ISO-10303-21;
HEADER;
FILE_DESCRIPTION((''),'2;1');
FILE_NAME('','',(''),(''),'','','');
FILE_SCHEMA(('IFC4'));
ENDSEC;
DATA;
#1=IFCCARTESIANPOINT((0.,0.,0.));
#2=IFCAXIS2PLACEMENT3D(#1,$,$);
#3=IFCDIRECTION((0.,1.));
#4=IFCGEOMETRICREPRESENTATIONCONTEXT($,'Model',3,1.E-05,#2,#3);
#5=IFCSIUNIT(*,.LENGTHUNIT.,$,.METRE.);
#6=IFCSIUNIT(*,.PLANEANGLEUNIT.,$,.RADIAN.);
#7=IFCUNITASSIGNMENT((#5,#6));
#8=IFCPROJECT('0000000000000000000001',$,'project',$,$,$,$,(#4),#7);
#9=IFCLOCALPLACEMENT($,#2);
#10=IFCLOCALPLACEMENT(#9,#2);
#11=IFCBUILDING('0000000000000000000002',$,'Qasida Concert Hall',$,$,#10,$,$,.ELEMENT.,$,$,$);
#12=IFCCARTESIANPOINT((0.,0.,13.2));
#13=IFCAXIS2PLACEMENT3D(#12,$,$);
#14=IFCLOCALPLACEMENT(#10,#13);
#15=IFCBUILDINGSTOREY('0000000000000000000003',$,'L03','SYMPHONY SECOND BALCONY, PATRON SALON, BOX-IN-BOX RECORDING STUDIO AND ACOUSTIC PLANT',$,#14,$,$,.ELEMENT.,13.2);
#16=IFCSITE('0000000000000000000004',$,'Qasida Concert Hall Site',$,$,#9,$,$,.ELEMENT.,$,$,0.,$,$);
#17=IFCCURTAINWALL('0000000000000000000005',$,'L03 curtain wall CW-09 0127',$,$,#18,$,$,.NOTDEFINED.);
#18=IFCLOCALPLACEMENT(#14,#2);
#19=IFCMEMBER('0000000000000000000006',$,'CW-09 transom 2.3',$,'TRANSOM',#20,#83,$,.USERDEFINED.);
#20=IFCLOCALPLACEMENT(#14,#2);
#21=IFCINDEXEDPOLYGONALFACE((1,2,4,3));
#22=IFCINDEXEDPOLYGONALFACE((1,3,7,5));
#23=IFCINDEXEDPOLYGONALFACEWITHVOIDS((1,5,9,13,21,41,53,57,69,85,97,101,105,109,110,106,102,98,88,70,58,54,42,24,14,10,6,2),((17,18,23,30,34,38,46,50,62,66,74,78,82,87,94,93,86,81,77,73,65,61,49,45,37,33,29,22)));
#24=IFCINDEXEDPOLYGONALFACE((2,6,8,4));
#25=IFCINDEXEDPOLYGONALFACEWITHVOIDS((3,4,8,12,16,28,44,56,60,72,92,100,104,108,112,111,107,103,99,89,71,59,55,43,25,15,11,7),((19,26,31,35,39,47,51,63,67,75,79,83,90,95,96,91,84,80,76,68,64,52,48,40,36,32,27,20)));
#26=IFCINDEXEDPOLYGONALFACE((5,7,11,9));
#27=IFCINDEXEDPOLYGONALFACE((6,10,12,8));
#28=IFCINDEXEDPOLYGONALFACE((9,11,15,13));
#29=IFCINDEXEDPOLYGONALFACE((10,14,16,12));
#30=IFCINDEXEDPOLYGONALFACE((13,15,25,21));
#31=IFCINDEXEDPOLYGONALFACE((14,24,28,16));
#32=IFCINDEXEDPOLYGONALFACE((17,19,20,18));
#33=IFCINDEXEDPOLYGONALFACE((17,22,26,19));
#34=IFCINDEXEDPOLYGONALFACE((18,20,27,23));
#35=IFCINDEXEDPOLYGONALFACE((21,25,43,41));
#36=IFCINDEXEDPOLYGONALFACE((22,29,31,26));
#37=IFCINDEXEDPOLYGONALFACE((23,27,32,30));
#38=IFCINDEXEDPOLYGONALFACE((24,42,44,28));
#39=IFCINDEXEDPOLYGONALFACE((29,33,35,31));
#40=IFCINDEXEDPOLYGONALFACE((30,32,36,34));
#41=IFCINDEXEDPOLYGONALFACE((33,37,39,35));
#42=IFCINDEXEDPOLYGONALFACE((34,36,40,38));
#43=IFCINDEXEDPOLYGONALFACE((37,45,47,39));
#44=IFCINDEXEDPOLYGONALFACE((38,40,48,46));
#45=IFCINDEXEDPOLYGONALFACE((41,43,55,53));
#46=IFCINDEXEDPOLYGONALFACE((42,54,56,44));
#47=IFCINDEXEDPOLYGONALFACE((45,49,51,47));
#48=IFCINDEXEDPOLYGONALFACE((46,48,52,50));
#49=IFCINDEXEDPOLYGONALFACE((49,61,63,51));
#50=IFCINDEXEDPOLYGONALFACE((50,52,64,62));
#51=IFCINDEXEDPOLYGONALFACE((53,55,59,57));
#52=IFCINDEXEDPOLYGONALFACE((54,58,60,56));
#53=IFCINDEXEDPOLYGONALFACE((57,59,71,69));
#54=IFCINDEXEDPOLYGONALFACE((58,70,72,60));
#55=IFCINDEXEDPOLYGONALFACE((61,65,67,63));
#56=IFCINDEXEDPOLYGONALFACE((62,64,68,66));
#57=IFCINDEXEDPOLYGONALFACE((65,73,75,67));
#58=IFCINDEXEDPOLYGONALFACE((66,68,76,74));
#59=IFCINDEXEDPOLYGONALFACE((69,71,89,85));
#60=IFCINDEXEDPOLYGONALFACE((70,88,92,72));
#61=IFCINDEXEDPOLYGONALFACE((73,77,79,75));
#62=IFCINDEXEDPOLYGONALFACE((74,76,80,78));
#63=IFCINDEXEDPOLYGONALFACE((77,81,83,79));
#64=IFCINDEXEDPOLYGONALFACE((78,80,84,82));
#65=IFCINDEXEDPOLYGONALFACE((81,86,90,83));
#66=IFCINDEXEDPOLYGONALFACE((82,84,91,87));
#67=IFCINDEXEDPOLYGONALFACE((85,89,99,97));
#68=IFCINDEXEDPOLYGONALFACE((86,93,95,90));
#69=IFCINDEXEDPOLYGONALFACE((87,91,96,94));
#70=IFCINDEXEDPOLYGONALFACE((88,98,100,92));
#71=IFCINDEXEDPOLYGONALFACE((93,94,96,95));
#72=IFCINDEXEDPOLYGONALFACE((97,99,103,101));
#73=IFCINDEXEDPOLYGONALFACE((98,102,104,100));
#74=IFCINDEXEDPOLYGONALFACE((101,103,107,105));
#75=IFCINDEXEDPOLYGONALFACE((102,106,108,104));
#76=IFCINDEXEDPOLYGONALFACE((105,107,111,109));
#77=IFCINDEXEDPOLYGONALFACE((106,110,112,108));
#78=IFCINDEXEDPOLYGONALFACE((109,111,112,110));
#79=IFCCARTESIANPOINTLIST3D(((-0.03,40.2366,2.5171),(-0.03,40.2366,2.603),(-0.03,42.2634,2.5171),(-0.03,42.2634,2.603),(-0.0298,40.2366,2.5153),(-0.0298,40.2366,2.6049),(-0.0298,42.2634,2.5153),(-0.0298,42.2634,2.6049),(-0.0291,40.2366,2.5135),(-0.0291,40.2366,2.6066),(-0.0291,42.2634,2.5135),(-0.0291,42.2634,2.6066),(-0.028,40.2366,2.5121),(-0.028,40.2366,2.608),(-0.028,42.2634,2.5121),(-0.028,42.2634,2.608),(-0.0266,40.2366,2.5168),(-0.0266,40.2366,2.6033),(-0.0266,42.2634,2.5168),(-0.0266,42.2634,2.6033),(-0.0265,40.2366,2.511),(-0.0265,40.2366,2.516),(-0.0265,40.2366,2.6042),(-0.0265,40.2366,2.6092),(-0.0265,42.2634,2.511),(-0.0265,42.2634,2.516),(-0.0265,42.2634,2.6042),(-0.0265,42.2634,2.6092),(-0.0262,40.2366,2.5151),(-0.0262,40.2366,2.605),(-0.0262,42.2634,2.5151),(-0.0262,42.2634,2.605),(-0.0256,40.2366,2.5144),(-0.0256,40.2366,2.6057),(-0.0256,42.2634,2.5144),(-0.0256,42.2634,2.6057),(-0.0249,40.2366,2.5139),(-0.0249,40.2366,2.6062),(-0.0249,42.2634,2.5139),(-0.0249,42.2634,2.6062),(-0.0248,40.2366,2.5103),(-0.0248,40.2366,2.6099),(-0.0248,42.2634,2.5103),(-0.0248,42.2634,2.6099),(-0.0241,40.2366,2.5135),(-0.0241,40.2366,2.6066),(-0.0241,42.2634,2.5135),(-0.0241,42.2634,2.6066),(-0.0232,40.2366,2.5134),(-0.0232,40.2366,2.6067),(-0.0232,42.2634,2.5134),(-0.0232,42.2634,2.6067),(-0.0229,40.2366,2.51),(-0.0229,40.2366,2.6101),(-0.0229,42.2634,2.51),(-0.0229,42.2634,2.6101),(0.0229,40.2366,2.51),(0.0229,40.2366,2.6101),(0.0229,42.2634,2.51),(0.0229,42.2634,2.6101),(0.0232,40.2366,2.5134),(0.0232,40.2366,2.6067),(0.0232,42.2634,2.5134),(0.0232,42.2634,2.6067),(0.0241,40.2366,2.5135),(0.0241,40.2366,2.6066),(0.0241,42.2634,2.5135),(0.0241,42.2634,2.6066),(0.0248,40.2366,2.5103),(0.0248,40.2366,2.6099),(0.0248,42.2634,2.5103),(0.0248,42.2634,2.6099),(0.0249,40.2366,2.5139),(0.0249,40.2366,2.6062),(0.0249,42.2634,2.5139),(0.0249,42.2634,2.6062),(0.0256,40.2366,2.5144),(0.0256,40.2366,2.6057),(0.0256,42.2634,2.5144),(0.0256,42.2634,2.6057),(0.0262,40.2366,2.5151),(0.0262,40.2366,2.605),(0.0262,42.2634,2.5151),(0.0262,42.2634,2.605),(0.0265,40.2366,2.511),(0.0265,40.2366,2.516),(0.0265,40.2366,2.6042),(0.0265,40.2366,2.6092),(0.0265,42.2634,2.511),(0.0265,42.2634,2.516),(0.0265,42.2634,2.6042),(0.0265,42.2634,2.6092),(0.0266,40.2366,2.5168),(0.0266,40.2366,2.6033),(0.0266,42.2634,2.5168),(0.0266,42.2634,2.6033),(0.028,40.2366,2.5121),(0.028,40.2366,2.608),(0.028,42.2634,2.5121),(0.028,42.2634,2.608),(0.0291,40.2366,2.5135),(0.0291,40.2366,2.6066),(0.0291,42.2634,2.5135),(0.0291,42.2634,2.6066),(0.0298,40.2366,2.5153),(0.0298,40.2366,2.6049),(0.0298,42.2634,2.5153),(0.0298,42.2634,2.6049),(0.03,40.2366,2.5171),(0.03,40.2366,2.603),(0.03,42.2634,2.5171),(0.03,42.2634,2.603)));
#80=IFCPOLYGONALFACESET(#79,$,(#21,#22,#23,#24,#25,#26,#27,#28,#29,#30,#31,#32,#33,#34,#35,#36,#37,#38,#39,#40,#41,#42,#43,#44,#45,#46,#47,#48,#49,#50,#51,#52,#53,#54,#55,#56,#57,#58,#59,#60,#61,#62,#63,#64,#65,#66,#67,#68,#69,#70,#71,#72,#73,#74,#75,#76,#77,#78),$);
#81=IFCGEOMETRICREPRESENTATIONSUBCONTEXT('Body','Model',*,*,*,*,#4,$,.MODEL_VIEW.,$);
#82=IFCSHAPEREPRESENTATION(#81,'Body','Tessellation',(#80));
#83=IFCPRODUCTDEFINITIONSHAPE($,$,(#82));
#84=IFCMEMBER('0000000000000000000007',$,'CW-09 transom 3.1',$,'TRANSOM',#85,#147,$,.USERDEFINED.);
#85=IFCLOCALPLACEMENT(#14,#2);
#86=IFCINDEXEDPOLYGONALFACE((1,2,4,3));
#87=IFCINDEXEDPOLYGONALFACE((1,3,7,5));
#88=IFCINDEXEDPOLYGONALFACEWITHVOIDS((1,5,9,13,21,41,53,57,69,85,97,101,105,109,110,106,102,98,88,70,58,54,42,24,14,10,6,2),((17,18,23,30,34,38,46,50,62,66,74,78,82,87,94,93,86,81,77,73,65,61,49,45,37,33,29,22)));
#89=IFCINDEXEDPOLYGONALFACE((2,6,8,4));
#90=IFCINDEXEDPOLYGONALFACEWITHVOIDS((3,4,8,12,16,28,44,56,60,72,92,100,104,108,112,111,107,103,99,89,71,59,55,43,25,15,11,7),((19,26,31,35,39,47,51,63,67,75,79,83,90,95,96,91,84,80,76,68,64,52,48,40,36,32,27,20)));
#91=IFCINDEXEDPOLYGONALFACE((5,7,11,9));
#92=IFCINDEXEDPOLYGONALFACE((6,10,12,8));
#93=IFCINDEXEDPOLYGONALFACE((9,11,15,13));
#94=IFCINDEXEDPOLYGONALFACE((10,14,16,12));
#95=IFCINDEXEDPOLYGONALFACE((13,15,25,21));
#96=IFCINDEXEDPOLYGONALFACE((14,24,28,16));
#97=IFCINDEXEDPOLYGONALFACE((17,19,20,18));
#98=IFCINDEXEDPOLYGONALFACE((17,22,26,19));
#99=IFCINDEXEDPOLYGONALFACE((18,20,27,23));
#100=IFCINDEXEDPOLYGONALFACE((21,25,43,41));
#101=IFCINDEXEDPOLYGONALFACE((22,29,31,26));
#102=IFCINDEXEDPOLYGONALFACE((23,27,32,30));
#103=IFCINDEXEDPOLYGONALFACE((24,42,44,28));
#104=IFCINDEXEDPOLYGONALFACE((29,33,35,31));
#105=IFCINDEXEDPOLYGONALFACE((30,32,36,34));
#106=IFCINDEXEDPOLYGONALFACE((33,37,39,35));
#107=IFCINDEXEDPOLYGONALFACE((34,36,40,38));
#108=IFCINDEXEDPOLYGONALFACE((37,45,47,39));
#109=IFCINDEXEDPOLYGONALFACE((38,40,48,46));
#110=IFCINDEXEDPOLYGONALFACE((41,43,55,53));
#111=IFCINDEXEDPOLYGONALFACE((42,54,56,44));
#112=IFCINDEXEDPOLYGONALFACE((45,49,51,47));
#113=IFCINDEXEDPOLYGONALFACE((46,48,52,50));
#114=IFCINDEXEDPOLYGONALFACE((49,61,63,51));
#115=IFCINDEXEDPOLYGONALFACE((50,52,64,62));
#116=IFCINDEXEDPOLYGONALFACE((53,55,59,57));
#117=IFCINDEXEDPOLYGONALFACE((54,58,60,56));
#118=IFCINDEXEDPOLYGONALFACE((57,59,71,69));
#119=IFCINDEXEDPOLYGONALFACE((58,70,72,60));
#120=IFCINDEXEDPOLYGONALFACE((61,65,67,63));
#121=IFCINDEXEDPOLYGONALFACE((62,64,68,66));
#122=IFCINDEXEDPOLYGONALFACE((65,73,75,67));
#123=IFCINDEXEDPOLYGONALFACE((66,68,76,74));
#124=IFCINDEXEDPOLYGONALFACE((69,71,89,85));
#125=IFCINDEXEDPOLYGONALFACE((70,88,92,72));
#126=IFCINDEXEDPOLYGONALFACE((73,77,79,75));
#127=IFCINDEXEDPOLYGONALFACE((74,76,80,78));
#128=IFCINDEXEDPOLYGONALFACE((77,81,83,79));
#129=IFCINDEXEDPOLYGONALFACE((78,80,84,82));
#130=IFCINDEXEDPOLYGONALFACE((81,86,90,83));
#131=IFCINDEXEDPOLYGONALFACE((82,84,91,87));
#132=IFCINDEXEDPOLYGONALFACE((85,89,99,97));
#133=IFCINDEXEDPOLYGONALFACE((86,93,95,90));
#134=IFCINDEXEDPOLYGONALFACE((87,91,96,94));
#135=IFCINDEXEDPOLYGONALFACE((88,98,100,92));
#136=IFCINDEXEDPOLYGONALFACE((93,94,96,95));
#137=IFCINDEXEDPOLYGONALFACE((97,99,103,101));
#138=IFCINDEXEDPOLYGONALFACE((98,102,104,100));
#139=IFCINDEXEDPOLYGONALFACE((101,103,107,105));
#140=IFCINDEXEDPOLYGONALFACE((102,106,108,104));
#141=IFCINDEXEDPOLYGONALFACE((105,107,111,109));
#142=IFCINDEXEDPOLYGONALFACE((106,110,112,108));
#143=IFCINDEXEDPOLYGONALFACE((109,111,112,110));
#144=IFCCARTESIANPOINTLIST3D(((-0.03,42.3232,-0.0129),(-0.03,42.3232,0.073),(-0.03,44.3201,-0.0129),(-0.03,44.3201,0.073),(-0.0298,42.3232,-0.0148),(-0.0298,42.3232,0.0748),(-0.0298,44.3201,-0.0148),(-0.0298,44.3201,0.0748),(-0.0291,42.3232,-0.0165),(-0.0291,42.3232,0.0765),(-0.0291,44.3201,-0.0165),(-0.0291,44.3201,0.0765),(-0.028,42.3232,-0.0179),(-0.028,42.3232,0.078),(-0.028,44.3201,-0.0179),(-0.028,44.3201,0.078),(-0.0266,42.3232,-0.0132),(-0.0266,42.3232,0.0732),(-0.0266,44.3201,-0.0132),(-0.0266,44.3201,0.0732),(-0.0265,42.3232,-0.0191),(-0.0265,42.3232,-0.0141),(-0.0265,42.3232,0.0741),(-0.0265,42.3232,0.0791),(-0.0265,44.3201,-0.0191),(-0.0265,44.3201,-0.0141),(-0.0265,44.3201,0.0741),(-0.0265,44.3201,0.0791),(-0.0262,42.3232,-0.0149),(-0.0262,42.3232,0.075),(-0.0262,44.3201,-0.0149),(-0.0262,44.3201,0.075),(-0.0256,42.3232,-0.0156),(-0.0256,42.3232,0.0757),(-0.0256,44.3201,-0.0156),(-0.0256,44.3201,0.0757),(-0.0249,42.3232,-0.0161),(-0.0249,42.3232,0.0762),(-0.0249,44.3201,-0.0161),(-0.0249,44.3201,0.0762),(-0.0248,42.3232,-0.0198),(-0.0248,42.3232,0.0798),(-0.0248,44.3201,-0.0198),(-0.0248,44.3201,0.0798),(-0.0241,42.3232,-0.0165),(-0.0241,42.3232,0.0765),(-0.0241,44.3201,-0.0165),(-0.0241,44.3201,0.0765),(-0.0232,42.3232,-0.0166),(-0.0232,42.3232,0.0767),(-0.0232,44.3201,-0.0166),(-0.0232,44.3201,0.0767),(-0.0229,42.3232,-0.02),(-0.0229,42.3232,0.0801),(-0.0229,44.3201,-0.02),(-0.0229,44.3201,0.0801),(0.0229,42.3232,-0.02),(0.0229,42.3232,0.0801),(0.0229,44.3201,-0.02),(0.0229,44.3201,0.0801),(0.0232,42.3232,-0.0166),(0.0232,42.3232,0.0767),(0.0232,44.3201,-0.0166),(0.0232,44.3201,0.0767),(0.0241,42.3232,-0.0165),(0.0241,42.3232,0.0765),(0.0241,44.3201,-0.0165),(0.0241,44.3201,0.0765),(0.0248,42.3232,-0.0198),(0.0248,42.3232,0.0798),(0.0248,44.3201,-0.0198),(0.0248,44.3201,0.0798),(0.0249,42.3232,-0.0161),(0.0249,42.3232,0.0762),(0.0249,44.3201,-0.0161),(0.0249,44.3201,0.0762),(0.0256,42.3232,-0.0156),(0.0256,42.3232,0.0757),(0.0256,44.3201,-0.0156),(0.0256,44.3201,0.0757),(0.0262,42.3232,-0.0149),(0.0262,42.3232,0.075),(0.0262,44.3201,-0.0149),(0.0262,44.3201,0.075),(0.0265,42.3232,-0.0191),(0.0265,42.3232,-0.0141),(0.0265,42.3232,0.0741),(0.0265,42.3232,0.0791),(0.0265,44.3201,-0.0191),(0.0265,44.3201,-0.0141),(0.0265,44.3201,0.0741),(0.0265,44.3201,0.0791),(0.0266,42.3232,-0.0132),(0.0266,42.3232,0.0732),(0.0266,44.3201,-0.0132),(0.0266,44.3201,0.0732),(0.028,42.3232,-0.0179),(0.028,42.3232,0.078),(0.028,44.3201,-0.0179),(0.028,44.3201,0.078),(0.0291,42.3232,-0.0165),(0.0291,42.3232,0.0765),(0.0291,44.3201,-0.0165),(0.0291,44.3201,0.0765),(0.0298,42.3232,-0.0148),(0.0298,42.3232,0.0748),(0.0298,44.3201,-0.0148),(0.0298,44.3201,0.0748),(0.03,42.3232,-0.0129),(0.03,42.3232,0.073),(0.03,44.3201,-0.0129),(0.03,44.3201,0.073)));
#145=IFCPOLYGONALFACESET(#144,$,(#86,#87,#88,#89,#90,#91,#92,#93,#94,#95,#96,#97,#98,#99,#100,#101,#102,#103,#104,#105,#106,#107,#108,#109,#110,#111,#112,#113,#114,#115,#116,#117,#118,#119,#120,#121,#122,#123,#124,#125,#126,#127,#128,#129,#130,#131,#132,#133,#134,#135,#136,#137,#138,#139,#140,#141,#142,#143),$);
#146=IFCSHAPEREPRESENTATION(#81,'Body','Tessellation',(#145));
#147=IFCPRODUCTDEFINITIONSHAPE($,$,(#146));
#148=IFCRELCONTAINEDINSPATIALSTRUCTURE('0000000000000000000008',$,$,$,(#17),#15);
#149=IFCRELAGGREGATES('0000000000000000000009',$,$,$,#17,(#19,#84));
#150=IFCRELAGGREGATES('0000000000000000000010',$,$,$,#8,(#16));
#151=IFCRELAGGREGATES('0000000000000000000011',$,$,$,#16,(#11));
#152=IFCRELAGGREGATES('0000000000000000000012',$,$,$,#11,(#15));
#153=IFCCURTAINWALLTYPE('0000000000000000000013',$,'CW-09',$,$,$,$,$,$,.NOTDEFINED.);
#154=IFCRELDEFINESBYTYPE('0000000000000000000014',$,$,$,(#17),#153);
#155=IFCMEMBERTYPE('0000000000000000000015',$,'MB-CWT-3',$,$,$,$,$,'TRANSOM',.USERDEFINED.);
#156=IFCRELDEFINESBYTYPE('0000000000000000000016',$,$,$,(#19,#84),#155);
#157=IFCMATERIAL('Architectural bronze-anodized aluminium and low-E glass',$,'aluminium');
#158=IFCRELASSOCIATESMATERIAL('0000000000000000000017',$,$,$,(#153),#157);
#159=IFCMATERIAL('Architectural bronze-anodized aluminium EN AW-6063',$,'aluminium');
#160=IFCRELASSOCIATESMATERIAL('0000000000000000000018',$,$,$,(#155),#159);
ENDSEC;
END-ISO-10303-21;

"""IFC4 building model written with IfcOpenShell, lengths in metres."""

from ifc_helpers import new_model, si_unit, direction, frame, origin, origin_2d, place, context, subcontext, project, spatial, hollow_rectangle, extrude, material, material_profile, profile_set, type_object, element, aggregate, save


model = new_model("IFC4")

# Units and contexts
model_context = context("Model", 3, precision=1e-05, world=origin(), true_north=direction((0.0, 1.0)))
body_context = subcontext(model_context, "Body", "Model", "MODEL_VIEW")
ifc_project = project(units=[si_unit("LENGTHUNIT", "METRE"), si_unit("PLANEANGLEUNIT", "RADIAN")], contexts=[model_context])

# Site, building, storey
site_placement = place(None, origin())
site = spatial("IfcSite", under=ifc_project, at=site_placement, Name="Qasida Concert Hall Site", CompositionType="ELEMENT", RefElevation=0.0)
building_placement = place(site_placement, origin())
building = spatial("IfcBuilding", under=site, at=building_placement, Name="Qasida Concert Hall", CompositionType="ELEMENT")
storey_placement = place(building_placement, frame((0.0, 0.0, 13.2)))
storey = spatial("IfcBuildingStorey", under=building, at=storey_placement, Name="L03", Description="SYMPHONY SECOND BALCONY, PATRON SALON, BOX-IN-BOX RECORDING STUDIO AND ACOUSTIC PLANT", CompositionType="ELEMENT", Elevation=13.2)

# Curtain wall, members
ifc_material_1 = material(Name="Architectural bronze-anodized aluminium and low-E glass", Category="aluminium")
curtain_wall_type = type_object("IfcCurtainWallType", Name="CW-09", PredefinedType="NOTDEFINED", material=ifc_material_1)
curtain_wall_placement = place(storey_placement, origin())
curtain_wall = element("IfcCurtainWall", 1, at=curtain_wall_placement, inside=storey, type_object=curtain_wall_type, Name="L03 curtain wall CW-09 0127", PredefinedType="NOTDEFINED")
ifc_material_2 = material(Name="Architectural bronze-anodized aluminium EN AW-6063", Category="aluminium")
ifc_material_profile_1 = material_profile(ifc_material_2, hollow_rectangle(XDim=0.0601, YDim=0.1001, WallThickness=0.0034, InnerFilletRadius=0.0034, OuterFilletRadius=0.0071, at=origin_2d()), Name="CWT 100x60x3.5")
ifc_profile_set_1 = profile_set([ifc_material_profile_1], Name="Architectural bronze-anodized aluminium EN AW-6063")
member_type_1 = type_object("IfcMemberType", Name="MB-CWT-3", ElementType="TRANSOM", PredefinedType="USERDEFINED", material=ifc_profile_set_1)
member_1_placement = place(storey_placement, frame((0.0, 40.2366, 2.5601), z_axis=(0.0, 1.0, 0.0), x_axis=(-1.0, 0.0, 0.0)))
member_1 = element("IfcMember", 2, at=member_1_placement, type_object=member_type_1, Name="CW-09 transom 2.3", ObjectType="TRANSOM", PredefinedType="USERDEFINED", context=body_context, shape_type="SweptSolid", body=[
    extrude(hollow_rectangle(XDim=0.0601, YDim=0.1001, WallThickness=0.0034, InnerFilletRadius=0.0034, OuterFilletRadius=0.0071, at=origin_2d()), origin(), (0.0, 0.0, 1.0), 2.0269),
])
member_2_placement = place(storey_placement, frame((0.0, 42.3232, 0.03), z_axis=(0.0, 1.0, 0.0), x_axis=(-1.0, 0.0, 0.0)))
member_2 = element("IfcMember", 3, at=member_2_placement, type_object=member_type_1, Name="CW-09 transom 3.1", ObjectType="TRANSOM", PredefinedType="USERDEFINED", context=body_context, shape_type="SweptSolid", body=[
    extrude(hollow_rectangle(XDim=0.0601, YDim=0.1001, WallThickness=0.0034, InnerFilletRadius=0.0034, OuterFilletRadius=0.0071, at=origin_2d()), origin(), (0.0, 0.0, 1.0), 1.9968),
])
aggregate(curtain_wall, [member_1, member_2])

save(model, "model.ifc")
